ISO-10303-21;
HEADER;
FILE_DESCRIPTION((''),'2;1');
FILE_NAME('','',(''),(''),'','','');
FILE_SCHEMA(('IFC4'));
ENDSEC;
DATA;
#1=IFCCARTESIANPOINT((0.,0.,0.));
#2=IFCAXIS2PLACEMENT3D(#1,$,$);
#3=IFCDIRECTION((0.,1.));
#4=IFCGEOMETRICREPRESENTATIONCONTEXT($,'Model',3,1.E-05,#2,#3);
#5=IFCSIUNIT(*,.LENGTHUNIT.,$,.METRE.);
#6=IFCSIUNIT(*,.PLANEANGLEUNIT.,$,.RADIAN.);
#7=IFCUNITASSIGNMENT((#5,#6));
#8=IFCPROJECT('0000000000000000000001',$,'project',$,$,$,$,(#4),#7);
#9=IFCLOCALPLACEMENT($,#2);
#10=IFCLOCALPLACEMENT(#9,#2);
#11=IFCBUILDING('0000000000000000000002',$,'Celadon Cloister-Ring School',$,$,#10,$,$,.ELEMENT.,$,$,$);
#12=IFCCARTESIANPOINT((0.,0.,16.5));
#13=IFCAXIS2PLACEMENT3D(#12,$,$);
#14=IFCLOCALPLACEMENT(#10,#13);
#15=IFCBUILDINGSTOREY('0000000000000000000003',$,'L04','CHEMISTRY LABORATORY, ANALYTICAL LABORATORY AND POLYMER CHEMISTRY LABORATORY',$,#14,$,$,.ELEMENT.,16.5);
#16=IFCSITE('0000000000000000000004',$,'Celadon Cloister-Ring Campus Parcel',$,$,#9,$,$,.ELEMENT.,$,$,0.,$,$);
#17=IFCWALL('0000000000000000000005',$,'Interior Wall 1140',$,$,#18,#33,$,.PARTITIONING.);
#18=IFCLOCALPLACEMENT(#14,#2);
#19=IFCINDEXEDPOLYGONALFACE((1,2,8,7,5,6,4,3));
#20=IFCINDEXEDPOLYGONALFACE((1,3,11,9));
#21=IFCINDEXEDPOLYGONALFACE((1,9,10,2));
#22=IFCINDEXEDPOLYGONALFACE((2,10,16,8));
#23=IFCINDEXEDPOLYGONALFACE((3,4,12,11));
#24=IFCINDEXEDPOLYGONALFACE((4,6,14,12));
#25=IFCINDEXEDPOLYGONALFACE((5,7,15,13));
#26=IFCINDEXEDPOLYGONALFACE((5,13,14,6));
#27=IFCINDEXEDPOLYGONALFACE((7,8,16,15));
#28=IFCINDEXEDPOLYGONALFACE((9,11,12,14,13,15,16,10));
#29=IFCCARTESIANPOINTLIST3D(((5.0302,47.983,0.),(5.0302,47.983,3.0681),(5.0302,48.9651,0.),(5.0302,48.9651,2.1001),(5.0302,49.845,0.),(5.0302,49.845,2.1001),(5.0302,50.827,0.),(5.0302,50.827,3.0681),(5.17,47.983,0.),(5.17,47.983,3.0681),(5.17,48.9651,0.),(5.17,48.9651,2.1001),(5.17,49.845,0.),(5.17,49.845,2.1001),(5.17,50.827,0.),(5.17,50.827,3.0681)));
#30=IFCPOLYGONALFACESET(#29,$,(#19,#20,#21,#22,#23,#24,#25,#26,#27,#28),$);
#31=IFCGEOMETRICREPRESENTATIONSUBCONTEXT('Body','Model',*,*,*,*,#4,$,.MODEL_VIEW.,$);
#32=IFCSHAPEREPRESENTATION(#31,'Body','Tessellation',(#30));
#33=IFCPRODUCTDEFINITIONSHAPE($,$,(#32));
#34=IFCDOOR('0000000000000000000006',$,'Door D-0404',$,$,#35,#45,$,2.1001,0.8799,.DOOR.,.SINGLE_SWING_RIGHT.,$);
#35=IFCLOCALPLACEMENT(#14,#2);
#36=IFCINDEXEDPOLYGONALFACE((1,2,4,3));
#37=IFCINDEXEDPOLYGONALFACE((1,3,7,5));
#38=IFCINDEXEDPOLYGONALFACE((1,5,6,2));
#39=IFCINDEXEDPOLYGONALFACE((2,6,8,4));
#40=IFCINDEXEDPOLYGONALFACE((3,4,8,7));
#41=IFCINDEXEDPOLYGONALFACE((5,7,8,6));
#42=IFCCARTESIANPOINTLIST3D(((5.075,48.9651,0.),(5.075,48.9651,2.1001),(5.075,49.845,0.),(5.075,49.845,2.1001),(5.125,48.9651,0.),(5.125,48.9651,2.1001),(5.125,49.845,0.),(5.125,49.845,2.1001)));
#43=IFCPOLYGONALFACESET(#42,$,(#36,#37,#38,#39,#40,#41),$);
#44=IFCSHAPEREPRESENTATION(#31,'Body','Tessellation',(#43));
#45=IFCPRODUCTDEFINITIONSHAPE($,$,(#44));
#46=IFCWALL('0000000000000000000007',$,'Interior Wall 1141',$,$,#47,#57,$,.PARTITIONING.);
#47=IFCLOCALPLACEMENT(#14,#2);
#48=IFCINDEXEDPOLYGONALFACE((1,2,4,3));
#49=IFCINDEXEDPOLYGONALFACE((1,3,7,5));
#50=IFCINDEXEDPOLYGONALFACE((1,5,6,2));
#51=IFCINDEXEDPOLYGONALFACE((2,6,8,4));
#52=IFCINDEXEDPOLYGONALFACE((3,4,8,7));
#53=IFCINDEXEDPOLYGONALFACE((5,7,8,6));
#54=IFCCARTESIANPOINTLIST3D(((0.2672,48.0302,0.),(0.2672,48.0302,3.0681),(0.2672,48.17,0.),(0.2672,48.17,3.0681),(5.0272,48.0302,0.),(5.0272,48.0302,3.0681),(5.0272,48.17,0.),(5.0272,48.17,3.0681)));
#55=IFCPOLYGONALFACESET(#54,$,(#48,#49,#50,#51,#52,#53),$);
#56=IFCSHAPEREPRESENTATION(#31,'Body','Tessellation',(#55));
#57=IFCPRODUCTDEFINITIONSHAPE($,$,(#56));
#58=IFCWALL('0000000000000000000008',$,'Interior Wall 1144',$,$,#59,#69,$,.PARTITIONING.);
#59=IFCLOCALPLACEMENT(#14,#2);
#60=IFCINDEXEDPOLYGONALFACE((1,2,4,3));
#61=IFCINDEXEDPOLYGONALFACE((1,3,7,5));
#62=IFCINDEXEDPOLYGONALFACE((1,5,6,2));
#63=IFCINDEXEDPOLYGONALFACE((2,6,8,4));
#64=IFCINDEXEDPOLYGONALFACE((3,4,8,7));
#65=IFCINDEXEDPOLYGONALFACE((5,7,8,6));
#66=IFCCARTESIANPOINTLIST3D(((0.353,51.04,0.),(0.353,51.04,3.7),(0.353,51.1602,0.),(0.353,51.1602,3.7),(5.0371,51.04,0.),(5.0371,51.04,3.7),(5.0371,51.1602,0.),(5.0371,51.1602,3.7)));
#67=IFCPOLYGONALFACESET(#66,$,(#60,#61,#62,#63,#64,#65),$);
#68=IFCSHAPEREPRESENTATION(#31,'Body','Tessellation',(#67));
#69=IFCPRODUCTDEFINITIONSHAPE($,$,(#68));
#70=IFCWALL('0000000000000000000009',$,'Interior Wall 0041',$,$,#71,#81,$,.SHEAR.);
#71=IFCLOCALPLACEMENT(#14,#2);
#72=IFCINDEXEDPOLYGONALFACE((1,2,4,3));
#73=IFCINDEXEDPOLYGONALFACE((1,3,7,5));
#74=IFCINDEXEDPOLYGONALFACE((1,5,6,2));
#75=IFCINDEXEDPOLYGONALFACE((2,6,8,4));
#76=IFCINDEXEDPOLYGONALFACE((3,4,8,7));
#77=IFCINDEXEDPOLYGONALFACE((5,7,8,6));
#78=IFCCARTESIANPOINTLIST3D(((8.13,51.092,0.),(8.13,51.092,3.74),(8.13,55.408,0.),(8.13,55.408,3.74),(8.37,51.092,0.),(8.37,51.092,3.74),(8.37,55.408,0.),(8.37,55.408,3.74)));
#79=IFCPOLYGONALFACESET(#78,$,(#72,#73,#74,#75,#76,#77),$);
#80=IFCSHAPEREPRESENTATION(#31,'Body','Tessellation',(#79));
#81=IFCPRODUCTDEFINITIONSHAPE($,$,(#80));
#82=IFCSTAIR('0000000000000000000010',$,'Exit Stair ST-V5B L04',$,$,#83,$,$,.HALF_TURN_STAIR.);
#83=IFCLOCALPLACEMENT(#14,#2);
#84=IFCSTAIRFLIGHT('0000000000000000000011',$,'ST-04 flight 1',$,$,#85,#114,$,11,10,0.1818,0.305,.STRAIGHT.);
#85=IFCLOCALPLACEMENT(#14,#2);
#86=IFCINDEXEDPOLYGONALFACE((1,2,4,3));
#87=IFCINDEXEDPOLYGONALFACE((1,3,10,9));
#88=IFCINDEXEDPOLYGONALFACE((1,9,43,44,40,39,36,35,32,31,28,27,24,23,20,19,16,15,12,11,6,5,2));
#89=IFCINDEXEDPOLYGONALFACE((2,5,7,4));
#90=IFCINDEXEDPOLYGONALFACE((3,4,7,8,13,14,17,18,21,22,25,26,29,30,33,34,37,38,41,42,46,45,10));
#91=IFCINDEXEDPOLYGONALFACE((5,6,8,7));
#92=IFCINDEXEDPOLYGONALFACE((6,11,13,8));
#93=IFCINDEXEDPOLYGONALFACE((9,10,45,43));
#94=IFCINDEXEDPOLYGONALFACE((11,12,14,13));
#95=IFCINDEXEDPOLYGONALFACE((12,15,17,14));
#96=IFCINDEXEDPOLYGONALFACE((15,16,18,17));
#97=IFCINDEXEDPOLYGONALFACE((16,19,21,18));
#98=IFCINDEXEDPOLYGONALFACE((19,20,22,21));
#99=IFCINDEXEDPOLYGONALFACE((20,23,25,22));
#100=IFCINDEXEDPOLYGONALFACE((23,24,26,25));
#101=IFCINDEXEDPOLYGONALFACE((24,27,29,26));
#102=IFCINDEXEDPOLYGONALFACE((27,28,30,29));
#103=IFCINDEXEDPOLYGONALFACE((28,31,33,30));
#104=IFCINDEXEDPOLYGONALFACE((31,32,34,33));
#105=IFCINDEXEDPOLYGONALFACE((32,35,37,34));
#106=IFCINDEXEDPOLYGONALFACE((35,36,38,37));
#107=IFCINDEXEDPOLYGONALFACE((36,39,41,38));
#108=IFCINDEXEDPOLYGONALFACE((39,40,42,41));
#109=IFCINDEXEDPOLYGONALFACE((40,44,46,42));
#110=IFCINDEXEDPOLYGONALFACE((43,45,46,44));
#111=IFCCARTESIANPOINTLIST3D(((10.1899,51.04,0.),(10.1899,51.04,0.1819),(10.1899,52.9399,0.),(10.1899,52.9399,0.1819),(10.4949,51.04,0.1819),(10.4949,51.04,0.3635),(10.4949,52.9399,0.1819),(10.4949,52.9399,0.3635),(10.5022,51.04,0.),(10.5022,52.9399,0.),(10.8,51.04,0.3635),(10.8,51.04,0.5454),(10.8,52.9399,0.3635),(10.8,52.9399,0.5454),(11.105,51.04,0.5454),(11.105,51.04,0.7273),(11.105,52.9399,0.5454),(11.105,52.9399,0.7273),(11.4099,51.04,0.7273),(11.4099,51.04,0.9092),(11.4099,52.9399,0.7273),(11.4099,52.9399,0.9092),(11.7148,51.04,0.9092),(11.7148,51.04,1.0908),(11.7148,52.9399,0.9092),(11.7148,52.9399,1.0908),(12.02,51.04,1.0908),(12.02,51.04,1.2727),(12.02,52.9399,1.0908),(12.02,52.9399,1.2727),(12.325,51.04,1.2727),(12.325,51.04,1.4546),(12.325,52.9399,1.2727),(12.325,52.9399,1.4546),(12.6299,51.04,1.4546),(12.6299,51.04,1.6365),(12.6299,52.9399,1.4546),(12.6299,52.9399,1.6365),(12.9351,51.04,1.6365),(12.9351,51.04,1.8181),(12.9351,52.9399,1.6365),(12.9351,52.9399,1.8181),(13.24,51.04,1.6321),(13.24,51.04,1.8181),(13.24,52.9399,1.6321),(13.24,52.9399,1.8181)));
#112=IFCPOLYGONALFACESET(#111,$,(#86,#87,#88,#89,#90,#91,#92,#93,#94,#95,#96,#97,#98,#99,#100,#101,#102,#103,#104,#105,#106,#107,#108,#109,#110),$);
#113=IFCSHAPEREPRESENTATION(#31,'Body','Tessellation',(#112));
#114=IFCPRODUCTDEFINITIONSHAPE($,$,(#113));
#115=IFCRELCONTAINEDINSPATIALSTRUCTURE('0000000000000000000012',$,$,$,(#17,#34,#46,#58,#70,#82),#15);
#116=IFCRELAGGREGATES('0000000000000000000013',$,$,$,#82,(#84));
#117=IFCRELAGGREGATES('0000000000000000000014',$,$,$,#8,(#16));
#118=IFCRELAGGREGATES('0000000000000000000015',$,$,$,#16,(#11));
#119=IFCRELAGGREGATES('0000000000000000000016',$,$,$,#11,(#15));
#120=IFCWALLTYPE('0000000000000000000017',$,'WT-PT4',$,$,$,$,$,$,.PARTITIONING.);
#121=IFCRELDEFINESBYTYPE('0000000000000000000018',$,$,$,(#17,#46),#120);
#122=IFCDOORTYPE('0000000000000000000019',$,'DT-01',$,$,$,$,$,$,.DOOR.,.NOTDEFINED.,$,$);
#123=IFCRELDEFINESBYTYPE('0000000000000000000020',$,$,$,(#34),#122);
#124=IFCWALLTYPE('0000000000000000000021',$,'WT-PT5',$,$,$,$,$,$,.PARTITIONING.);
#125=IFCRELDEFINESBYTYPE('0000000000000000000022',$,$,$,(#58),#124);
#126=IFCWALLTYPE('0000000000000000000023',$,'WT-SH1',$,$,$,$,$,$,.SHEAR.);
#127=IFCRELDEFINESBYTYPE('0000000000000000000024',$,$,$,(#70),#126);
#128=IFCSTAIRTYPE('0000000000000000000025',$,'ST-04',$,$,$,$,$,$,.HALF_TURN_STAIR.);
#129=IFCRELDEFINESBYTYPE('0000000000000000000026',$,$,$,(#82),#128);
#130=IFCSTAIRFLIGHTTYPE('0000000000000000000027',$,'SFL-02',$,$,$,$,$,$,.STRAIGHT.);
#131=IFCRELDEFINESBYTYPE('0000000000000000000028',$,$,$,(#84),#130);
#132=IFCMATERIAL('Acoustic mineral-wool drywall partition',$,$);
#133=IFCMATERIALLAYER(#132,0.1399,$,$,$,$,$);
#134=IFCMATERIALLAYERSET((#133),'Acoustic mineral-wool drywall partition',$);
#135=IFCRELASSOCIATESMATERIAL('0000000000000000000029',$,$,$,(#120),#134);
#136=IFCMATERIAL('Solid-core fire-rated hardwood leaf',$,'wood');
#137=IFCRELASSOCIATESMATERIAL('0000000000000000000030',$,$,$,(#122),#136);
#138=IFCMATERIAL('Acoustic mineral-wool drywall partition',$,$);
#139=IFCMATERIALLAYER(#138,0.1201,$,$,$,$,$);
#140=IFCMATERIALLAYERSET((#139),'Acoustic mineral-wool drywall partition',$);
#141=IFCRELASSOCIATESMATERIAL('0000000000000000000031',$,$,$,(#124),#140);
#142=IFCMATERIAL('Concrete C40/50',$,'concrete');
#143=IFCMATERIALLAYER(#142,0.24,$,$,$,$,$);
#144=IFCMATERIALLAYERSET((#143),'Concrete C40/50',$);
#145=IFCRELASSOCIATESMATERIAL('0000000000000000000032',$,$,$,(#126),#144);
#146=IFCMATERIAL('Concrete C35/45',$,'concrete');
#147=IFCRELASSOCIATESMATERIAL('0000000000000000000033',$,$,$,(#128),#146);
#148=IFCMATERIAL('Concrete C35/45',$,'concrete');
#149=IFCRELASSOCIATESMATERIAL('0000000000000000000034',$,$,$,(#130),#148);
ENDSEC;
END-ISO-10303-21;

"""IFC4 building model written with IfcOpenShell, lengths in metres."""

from ifc_helpers import new_model, si_unit, direction, frame, frame_2d, origin, place, context, subcontext, project, spatial, polyline, rectangle, outline, extrude, material, layer, layer_set, type_object, element, fill, aggregate, save


model = new_model("IFC4")

# Units and contexts
model_context = context("Model", 3, precision=1e-05, world=origin(), true_north=direction((0.0, 1.0)))
body_context = subcontext(model_context, "Body", "Model", "MODEL_VIEW")
ifc_project = project(units=[si_unit("LENGTHUNIT", "METRE"), si_unit("PLANEANGLEUNIT", "RADIAN")], contexts=[model_context])

# Site, building, storey
site_placement = place(None, origin())
site = spatial("IfcSite", under=ifc_project, at=site_placement, Name="Celadon Cloister-Ring Campus Parcel", CompositionType="ELEMENT", RefElevation=0.0)
building_placement = place(site_placement, origin())
building = spatial("IfcBuilding", under=site, at=building_placement, Name="Celadon Cloister-Ring School", CompositionType="ELEMENT")
storey_placement = place(building_placement, frame((0.0, 0.0, 16.5)))
storey = spatial("IfcBuildingStorey", under=building, at=storey_placement, Name="L04", Description="CHEMISTRY LABORATORY, ANALYTICAL LABORATORY AND POLYMER CHEMISTRY LABORATORY", CompositionType="ELEMENT", Elevation=16.5)

# Shared definitions
ifc_material_1 = material(Name="Acoustic mineral-wool drywall partition")
ifc_layer_1 = layer(ifc_material_1, 0.1399)
ifc_layer_set_1 = layer_set([ifc_layer_1], Name="Acoustic mineral-wool drywall partition")
wall_type_1 = type_object("IfcWallType", Name="WT-PT4", PredefinedType="PARTITIONING", material=ifc_layer_set_1)

# Wall, opening, door
wall_1_placement = place(storey_placement, frame((5.1001, 50.8269, 0.0), z_axis=(0.0, 0.0, 1.0), x_axis=(0.0, -1.0, 0.0)))
wall_1 = element("IfcWall", 1, at=wall_1_placement, inside=storey, type_object=wall_type_1, Name="Interior Wall 1140", PredefinedType="PARTITIONING", context=body_context, shape_type="SweptSolid", body=[
    extrude(rectangle(XDim=2.844, YDim=0.1399, at=frame_2d((1.4219, 0.0))), origin(), (0.0, 0.0, 1.0), 3.0681),
])
opening_placement = place(wall_1_placement, frame((0.9819, 0.0, 0.0)))
opening = element("IfcOpeningElement", 2, at=opening_placement, cuts=wall_1, PredefinedType="OPENING", context=body_context, shape_type="SweptSolid", body=[
    extrude(rectangle(XDim=0.8799, YDim=2.1001, at=frame_2d((0.4399, 1.05))), frame((0.0, 0.0801, 0.0), z_axis=(0.0, -1.0, 0.0), x_axis=(1.0, 0.0, 0.0)), (0.0, 0.0, 1.0), 0.1599),
])
ifc_material_2 = material(Name="Solid-core fire-rated hardwood leaf", Category="wood")
door_type = type_object("IfcDoorType", Name="DT-01", OperationType="NOTDEFINED", PredefinedType="DOOR", material=ifc_material_2)
door_placement = place(opening_placement, origin())
door = element("IfcDoor", 3, at=door_placement, inside=storey, type_object=door_type, Name="Door D-0404", OperationType="SINGLE_SWING_RIGHT", OverallHeight=2.1001, OverallWidth=0.8799, PredefinedType="DOOR", context=body_context, shape_type="SweptSolid", body=[
    extrude(rectangle(XDim=0.8799, YDim=2.1001, at=frame_2d((0.4399, 1.05))), frame((0.0, 0.0249, 0.0), z_axis=(0.0, -1.0, 0.0), x_axis=(1.0, 0.0, 0.0)), (0.0, 0.0, 1.0), 0.05),
])
fill(opening, door)

# Walls
wall_2_placement = place(storey_placement, frame((5.0271, 48.1001, 0.0), z_axis=(0.0, 0.0, 1.0), x_axis=(-1.0, 0.0, 0.0)))
element("IfcWall", 4, at=wall_2_placement, inside=storey, type_object=wall_type_1, Name="Interior Wall 1141", PredefinedType="PARTITIONING", context=body_context, shape_type="SweptSolid", body=[
    extrude(rectangle(XDim=4.76, YDim=0.1399, at=frame_2d((2.3799, 0.0))), origin(), (0.0, 0.0, 1.0), 3.0681),
])
ifc_material_3 = material(Name="Acoustic mineral-wool drywall partition")
ifc_layer_2 = layer(ifc_material_3, 0.1201)
ifc_layer_set_2 = layer_set([ifc_layer_2], Name="Acoustic mineral-wool drywall partition")
wall_type_2 = type_object("IfcWallType", Name="WT-PT5", PredefinedType="PARTITIONING", material=ifc_layer_set_2)
wall_3_placement = place(storey_placement, frame((5.0371, 51.1001, 0.0), z_axis=(0.0, 0.0, 1.0), x_axis=(-1.0, 0.0, 0.0)))
element("IfcWall", 5, at=wall_3_placement, inside=storey, type_object=wall_type_2, Name="Interior Wall 1144", PredefinedType="PARTITIONING", context=body_context, shape_type="SweptSolid", body=[
    extrude(rectangle(XDim=4.6841, YDim=0.1201, at=frame_2d((2.342, 0.0))), origin(), (0.0, 0.0, 1.0), 3.7),
])
ifc_material_4 = material(Name="Concrete C40/50", Category="concrete")
ifc_layer_3 = layer(ifc_material_4, 0.24)
ifc_layer_set_3 = layer_set([ifc_layer_3], Name="Concrete C40/50")
wall_type_3 = type_object("IfcWallType", Name="WT-SH1", PredefinedType="SHEAR", material=ifc_layer_set_3)
wall_4_placement = place(storey_placement, frame((8.25, 51.092, 0.0), z_axis=(0.0, 0.0, 1.0), x_axis=(0.0, 1.0, 0.0)))
element("IfcWall", 6, at=wall_4_placement, inside=storey, type_object=wall_type_3, Name="Interior Wall 0041", PredefinedType="SHEAR", context=body_context, shape_type="SweptSolid", body=[
    extrude(rectangle(XDim=4.3159, YDim=0.24, at=frame_2d((2.158, 0.0))), origin(), (0.0, 0.0, 1.0), 3.74),
])

# Stair, stair flight
ifc_material_5 = material(Name="Concrete C35/45", Category="concrete")
stair_type = type_object("IfcStairType", Name="ST-04", PredefinedType="HALF_TURN_STAIR", material=ifc_material_5)
stair_placement = place(storey_placement, origin())
stair = element("IfcStair", 7, at=stair_placement, inside=storey, type_object=stair_type, Name="Exit Stair ST-V5B L04", PredefinedType="HALF_TURN_STAIR")
ifc_material_6 = material(Name="Concrete C35/45", Category="concrete")
stair_flight_type = type_object("IfcStairFlightType", Name="SFL-02", PredefinedType="STRAIGHT", material=ifc_material_6)
stair_flight_placement = place(storey_placement, frame((10.1899, 51.99, 0.0), z_axis=(0.0, 0.0, 1.0), x_axis=(1.0, 0.0, 0.0)))
stair_flight = element("IfcStairFlight", 8, at=stair_flight_placement, type_object=stair_flight_type, Name="ST-04 flight 1", NumberOfRisers=11, NumberOfTreads=10, PredefinedType="STRAIGHT", RiserHeight=0.1818, TreadLength=0.305, context=body_context, shape_type="SweptSolid", body=[
    extrude(outline(polyline([(0.0, 0.0), (0.0, 0.1819), (0.3049, 0.1819), (0.3049, 0.3635), (0.6101, 0.3635), (0.6101, 0.5454), (0.915, 0.5454), (0.915, 0.7273), (1.22, 0.7273), (1.22, 0.9092), (1.5249, 0.9092), (1.5249, 1.0908), (1.8301, 1.0908), (1.8301, 1.2727), (2.135, 1.2727), (2.135, 1.4546), (2.4399, 1.4546), (2.4399, 1.6365), (2.7451, 1.6365), (2.7451, 1.8181), (3.05, 1.8181), (3.05, 2.0), (3.05, 1.6321), (0.3123, 0.0), (0.0, 0.0)])), frame((0.0, 0.95, 0.0), z_axis=(0.0, -1.0, 0.0), x_axis=(1.0, 0.0, 0.0)), (0.0, 0.0, 1.0), 1.8999),
])
aggregate(stair, [stair_flight])

save(model, "model.ifc")
